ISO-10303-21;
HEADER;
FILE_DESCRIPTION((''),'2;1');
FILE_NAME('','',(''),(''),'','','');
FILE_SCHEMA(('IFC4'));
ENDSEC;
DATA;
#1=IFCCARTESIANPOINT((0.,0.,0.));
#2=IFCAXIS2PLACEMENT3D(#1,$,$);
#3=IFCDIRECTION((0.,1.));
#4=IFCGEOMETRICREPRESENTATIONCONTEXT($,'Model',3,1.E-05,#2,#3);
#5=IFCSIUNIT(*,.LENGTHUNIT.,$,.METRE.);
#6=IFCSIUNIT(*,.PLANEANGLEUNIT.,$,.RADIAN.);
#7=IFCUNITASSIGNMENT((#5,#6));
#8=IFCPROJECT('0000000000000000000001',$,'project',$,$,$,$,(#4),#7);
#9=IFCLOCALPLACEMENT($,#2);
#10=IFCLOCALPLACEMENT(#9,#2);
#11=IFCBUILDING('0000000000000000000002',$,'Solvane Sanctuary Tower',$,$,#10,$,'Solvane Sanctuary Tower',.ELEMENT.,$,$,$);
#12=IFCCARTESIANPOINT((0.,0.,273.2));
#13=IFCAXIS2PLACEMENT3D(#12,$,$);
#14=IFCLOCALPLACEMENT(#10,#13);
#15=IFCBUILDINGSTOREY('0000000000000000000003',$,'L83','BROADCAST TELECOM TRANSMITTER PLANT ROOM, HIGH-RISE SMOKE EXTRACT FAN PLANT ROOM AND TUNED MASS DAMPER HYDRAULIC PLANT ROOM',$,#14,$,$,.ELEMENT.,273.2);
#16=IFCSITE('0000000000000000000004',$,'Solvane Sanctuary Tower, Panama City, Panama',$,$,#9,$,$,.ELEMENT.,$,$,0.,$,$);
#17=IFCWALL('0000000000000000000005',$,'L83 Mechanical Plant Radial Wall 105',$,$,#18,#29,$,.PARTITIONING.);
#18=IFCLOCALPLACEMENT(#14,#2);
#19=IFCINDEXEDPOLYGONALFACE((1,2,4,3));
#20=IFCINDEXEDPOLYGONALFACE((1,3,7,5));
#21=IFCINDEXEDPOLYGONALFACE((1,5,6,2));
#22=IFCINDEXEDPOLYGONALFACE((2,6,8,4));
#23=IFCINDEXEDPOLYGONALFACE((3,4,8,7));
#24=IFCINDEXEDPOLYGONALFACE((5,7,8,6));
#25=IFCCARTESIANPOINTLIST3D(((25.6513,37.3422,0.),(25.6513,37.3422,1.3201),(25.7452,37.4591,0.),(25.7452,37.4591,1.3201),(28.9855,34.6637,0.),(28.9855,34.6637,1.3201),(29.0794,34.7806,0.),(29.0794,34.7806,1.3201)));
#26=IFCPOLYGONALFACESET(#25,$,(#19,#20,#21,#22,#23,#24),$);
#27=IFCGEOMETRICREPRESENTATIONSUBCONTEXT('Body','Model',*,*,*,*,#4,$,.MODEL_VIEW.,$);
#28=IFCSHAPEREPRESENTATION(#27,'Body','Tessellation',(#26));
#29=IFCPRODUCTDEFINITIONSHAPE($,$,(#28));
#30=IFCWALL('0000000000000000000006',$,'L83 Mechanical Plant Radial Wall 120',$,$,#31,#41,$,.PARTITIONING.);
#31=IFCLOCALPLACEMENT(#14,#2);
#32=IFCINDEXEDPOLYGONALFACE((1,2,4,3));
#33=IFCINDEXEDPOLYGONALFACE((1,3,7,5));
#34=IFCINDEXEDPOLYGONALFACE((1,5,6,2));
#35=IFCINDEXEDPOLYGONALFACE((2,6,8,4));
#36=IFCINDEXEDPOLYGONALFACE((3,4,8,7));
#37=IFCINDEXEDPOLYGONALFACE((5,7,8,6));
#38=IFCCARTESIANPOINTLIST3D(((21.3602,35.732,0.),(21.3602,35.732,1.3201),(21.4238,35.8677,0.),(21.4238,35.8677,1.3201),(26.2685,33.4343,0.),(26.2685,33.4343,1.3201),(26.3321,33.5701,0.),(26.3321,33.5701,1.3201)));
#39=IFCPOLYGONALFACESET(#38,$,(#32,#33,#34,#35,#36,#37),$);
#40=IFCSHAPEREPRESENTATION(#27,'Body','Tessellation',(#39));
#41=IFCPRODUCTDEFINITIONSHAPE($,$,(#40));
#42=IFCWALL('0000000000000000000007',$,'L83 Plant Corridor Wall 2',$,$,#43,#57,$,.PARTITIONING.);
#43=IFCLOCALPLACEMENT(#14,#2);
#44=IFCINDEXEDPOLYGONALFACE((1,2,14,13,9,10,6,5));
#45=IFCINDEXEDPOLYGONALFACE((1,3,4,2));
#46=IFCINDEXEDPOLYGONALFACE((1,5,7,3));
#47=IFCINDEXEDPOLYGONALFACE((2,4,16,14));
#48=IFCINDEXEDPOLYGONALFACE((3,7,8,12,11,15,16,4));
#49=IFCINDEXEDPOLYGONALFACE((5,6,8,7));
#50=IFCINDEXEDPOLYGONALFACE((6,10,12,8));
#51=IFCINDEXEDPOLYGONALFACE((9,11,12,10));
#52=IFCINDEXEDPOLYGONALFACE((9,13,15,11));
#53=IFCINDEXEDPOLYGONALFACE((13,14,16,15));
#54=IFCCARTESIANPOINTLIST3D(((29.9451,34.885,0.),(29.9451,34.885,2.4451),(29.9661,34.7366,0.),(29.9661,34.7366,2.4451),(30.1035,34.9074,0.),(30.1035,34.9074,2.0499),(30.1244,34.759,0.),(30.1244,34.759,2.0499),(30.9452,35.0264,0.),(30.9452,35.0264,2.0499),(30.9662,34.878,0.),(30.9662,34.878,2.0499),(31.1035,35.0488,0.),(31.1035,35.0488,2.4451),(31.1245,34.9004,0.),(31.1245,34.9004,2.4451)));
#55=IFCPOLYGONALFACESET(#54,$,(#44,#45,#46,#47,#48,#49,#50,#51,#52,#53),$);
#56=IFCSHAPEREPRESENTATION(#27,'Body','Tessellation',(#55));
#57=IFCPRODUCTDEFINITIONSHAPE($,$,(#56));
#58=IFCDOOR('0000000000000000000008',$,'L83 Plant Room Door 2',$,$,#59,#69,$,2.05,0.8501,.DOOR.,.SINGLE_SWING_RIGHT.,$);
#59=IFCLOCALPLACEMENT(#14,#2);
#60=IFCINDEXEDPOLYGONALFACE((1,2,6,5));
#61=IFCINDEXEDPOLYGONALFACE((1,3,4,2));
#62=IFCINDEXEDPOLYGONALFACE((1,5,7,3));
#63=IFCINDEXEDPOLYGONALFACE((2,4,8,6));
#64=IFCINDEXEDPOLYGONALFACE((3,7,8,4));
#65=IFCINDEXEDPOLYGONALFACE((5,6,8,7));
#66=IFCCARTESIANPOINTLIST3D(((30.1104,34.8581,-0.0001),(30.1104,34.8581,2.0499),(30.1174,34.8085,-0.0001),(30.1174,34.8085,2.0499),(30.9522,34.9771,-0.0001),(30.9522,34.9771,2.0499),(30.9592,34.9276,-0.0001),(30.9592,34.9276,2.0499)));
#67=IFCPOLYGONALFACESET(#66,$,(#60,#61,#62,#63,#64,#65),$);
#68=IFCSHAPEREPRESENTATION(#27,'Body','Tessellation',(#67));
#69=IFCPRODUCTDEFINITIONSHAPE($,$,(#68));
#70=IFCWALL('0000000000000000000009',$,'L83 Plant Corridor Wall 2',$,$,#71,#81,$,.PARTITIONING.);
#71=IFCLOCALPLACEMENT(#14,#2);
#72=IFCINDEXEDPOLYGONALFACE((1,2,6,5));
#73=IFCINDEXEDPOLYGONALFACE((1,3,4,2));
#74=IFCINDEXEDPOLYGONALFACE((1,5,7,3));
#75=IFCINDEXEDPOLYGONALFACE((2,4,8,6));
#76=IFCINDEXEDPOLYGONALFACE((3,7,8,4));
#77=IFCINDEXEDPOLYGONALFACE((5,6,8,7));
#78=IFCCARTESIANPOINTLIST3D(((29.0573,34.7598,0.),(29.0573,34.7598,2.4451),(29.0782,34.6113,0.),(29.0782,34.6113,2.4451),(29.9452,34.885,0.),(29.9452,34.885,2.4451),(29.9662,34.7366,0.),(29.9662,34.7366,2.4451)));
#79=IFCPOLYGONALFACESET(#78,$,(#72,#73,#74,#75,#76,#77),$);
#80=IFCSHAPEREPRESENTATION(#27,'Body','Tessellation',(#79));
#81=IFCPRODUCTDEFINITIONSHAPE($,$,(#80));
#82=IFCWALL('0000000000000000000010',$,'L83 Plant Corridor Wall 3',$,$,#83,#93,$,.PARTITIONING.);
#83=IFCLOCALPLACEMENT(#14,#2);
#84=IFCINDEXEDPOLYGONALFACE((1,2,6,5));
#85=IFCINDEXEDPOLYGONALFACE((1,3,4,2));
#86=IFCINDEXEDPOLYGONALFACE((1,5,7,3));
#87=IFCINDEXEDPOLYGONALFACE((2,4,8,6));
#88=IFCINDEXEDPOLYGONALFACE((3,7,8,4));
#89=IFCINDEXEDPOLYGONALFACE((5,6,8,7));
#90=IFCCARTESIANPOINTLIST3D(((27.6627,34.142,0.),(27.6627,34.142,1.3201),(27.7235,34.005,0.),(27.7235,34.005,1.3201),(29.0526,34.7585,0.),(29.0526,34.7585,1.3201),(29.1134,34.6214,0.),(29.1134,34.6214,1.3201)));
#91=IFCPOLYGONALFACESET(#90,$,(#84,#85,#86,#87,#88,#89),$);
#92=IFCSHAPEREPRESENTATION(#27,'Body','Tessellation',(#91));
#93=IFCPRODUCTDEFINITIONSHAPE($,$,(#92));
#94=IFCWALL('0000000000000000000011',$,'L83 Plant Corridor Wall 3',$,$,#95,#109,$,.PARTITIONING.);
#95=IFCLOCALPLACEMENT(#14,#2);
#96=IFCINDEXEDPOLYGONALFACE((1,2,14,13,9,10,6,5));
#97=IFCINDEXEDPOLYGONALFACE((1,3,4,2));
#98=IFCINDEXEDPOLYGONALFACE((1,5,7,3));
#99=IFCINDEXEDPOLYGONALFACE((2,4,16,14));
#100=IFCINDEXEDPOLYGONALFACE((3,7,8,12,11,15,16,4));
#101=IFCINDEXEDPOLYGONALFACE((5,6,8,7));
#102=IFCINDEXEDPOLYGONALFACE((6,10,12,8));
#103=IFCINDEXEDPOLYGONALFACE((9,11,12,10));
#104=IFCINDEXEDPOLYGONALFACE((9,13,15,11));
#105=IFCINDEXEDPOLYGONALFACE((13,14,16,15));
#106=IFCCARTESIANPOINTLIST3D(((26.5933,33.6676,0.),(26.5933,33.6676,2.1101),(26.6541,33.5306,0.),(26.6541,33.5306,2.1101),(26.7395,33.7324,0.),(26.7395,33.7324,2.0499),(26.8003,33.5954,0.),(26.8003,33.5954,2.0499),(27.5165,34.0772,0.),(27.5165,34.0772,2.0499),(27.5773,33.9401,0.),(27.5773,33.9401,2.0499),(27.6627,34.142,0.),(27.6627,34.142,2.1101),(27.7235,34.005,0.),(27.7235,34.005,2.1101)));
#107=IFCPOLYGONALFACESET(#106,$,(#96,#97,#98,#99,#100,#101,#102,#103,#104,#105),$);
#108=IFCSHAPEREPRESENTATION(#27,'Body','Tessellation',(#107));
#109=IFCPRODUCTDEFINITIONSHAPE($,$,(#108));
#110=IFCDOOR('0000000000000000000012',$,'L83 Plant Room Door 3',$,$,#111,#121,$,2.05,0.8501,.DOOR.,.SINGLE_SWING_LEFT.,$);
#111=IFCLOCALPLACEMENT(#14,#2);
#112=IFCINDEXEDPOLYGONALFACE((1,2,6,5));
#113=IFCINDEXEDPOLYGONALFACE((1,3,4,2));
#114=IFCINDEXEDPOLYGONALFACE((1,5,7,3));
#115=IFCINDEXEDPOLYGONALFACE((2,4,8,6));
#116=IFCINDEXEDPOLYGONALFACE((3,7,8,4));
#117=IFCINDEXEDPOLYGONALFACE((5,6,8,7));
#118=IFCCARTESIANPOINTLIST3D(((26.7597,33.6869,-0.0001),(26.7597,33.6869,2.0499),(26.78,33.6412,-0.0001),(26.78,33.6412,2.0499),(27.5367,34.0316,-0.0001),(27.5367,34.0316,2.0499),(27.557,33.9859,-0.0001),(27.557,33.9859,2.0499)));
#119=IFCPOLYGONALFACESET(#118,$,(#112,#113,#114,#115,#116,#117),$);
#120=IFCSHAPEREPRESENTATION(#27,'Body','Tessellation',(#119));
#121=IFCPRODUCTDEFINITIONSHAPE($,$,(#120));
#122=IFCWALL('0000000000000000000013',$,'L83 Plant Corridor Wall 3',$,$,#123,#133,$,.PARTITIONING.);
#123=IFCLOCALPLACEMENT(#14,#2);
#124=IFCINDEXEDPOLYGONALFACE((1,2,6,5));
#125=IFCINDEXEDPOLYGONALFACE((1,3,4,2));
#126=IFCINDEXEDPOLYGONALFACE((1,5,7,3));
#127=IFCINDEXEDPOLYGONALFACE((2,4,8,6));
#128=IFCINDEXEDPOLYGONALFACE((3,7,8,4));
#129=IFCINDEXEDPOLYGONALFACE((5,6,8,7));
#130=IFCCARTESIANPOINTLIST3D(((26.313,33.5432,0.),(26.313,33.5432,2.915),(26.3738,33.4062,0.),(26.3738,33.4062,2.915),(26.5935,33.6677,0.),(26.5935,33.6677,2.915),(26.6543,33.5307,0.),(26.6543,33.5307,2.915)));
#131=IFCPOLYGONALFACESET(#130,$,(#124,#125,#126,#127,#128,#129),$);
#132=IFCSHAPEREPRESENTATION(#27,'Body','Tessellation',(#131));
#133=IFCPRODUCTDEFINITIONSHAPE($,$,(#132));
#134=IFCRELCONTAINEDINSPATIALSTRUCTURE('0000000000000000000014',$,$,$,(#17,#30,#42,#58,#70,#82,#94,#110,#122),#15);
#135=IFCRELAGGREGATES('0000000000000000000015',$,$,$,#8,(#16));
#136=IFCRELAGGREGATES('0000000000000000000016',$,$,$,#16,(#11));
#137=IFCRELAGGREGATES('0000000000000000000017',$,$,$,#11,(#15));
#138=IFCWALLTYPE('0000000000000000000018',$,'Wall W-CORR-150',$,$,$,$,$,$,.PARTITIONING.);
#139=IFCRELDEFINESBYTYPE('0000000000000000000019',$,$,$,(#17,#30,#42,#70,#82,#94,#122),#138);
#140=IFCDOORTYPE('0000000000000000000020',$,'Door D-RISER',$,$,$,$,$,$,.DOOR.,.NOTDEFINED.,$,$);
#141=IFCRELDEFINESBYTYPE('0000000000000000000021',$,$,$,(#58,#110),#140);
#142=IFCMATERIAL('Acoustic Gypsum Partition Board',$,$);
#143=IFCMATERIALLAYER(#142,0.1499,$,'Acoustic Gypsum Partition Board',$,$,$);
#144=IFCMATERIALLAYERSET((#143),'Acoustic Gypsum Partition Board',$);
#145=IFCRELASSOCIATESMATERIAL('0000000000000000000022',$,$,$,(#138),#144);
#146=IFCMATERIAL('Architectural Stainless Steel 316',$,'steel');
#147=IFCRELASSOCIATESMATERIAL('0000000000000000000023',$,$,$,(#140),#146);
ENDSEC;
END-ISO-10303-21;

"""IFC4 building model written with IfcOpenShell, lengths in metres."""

from ifc_helpers import new_model, si_unit, direction, frame, frame_2d, origin, place, context, subcontext, project, spatial, rectangle, extrude, material, layer, layer_set, type_object, element, fill, save


model = new_model("IFC4")

# Units and contexts
model_context = context("Model", 3, precision=1e-05, world=origin(), true_north=direction((0.0, 1.0)))
body_context = subcontext(model_context, "Body", "Model", "MODEL_VIEW")
ifc_project = project(units=[si_unit("LENGTHUNIT", "METRE"), si_unit("PLANEANGLEUNIT", "RADIAN")], contexts=[model_context])

# Site, building, storey
site_placement = place(None, origin())
site = spatial("IfcSite", under=ifc_project, at=site_placement, Name="Solvane Sanctuary Tower, Panama City, Panama", CompositionType="ELEMENT", RefElevation=0.0)
building_placement = place(site_placement, origin())
building = spatial("IfcBuilding", under=site, at=building_placement, Name="Solvane Sanctuary Tower", LongName="Solvane Sanctuary Tower", CompositionType="ELEMENT")
storey_placement = place(building_placement, frame((0.0, 0.0, 273.2)))
storey = spatial("IfcBuildingStorey", under=building, at=storey_placement, Name="L83", Description="BROADCAST TELECOM TRANSMITTER PLANT ROOM, HIGH-RISE SMOKE EXTRACT FAN PLANT ROOM AND TUNED MASS DAMPER HYDRAULIC PLANT ROOM", CompositionType="ELEMENT", Elevation=273.2)

# Walls
ifc_material_1 = material(Name="Acoustic Gypsum Partition Board")
ifc_layer_1 = layer(ifc_material_1, 0.1499, Name="Acoustic Gypsum Partition Board")
ifc_layer_set_1 = layer_set([ifc_layer_1], Name="Acoustic Gypsum Partition Board")
wall_type = type_object("IfcWallType", Name="Wall W-CORR-150", PredefinedType="PARTITIONING", material=ifc_layer_set_1)
wall_1_placement = place(storey_placement, frame((29.0325, 34.7222, 0.0), z_axis=(0.0, 0.0, 1.0), x_axis=(-0.779603, 0.626274, 0.0)))
element("IfcWall", 1, at=wall_1_placement, inside=storey, type_object=wall_type, Name="L83 Mechanical Plant Radial Wall 105", PredefinedType="PARTITIONING", context=body_context, shape_type="SweptSolid", body=[
    extrude(rectangle(XDim=4.2769, YDim=0.1499, at=frame_2d((2.1384, 0.0))), origin(), (0.0, 0.0, 1.0), 1.3201),
])
wall_2_placement = place(storey_placement, frame((26.3003, 33.5022, 0.0), z_axis=(0.0, 0.0, 1.0), x_axis=(-0.90568, 0.423963, 0.0)))
element("IfcWall", 2, at=wall_2_placement, inside=storey, type_object=wall_type, Name="L83 Mechanical Plant Radial Wall 120", PredefinedType="PARTITIONING", context=body_context, shape_type="SweptSolid", body=[
    extrude(rectangle(XDim=5.4194, YDim=0.1499, at=frame_2d((2.7097, 0.0))), origin(), (0.0, 0.0, 1.0), 1.3201),
])

# Wall, opening, door
wall_3_placement = place(storey_placement, frame((31.114, 34.9746, 0.0), z_axis=(0.0, 0.0, 1.0), x_axis=(-0.990149, -0.140019, 0.0)))
wall_3 = element("IfcWall", 3, at=wall_3_placement, inside=storey, type_object=wall_type, Name="L83 Plant Corridor Wall 2", PredefinedType="PARTITIONING", context=body_context, shape_type="SweptSolid", body=[
    extrude(rectangle(XDim=1.1699, YDim=0.1499, at=frame_2d((0.585, 0.0))), origin(), (0.0, 0.0, 1.0), 2.4451),
])
opening_1_placement = place(wall_3_placement, frame((0.1599, 0.0, 0.0)))
opening_1 = element("IfcOpeningElement", 4, at=opening_1_placement, cuts=wall_3, PredefinedType="OPENING", context=body_context, shape_type="SweptSolid", body=[
    extrude(rectangle(XDim=0.8501, YDim=2.05, at=frame_2d((0.425, 1.0249))), frame((0.0, 0.085, 0.0), z_axis=(0.0, -1.0, 0.0), x_axis=(1.0, 0.0, 0.0)), (0.0, 0.0, 1.0), 0.1699),
])
ifc_material_2 = material(Name="Architectural Stainless Steel 316", Category="steel")
door_type = type_object("IfcDoorType", Name="Door D-RISER", OperationType="NOTDEFINED", PredefinedType="DOOR", material=ifc_material_2)
door_1_placement = place(opening_1_placement, origin())
door_1 = element("IfcDoor", 5, at=door_1_placement, inside=storey, type_object=door_type, Name="L83 Plant Room Door 2", OperationType="SINGLE_SWING_RIGHT", OverallHeight=2.05, OverallWidth=0.8501, PredefinedType="DOOR", context=body_context, shape_type="SweptSolid", body=[
    extrude(rectangle(XDim=0.8501, YDim=2.05, at=frame_2d((0.425, 1.0249))), frame((0.0, 0.0249, 0.0), z_axis=(0.0, -1.0, 0.0), x_axis=(1.0, 0.0, 0.0)), (0.0, 0.0, 1.0), 0.05),
])
fill(opening_1, door_1)

# Walls
wall_4_placement = place(storey_placement, frame((29.9556, 34.8108, 0.0), z_axis=(0.0, 0.0, 1.0), x_axis=(-0.990198, -0.139668, 0.0)))
element("IfcWall", 6, at=wall_4_placement, inside=storey, type_object=wall_type, Name="L83 Plant Corridor Wall 2", PredefinedType="PARTITIONING", context=body_context, shape_type="SweptSolid", body=[
    extrude(rectangle(XDim=0.8967, YDim=0.1499, at=frame_2d((0.4482, 0.0))), origin(), (0.0, 0.0, 1.0), 2.4451),
])
wall_5_placement = place(storey_placement, frame((29.083, 34.6899, 0.0), z_axis=(0.0, 0.0, 1.0), x_axis=(-0.914122, -0.405438, 0.0)))
element("IfcWall", 7, at=wall_5_placement, inside=storey, type_object=wall_type, Name="L83 Plant Corridor Wall 3", PredefinedType="PARTITIONING", context=body_context, shape_type="SweptSolid", body=[
    extrude(rectangle(XDim=1.5205, YDim=0.1499, at=frame_2d((0.7603, 0.0))), origin(), (0.0, 0.0, 1.0), 1.3201),
])

# Wall, opening, door
wall_6_placement = place(storey_placement, frame((27.6931, 34.0735, 0.0), z_axis=(0.0, 0.0, 1.0), x_axis=(-0.914095, -0.405499, 0.0)))
wall_6 = element("IfcWall", 8, at=wall_6_placement, inside=storey, type_object=wall_type, Name="L83 Plant Corridor Wall 3", PredefinedType="PARTITIONING", context=body_context, shape_type="SweptSolid", body=[
    extrude(rectangle(XDim=1.1699, YDim=0.1499, at=frame_2d((0.585, 0.0))), origin(), (0.0, 0.0, 1.0), 2.1101),
])
opening_2_placement = place(wall_6_placement, frame((0.1599, 0.0, 0.0)))
opening_2 = element("IfcOpeningElement", 9, at=opening_2_placement, cuts=wall_6, PredefinedType="OPENING", context=body_context, shape_type="SweptSolid", body=[
    extrude(rectangle(XDim=0.8501, YDim=2.05, at=frame_2d((0.425, 1.0249))), frame((0.0, 0.085, 0.0), z_axis=(0.0, -1.0, 0.0), x_axis=(1.0, 0.0, 0.0)), (0.0, 0.0, 1.0), 0.1699),
])
door_2_placement = place(opening_2_placement, origin())
door_2 = element("IfcDoor", 10, at=door_2_placement, inside=storey, type_object=door_type, Name="L83 Plant Room Door 3", OperationType="SINGLE_SWING_LEFT", OverallHeight=2.05, OverallWidth=0.8501, PredefinedType="DOOR", context=body_context, shape_type="SweptSolid", body=[
    extrude(rectangle(XDim=0.8501, YDim=2.05, at=frame_2d((0.425, 1.0249))), frame((0.0, 0.0249, 0.0), z_axis=(0.0, -1.0, 0.0), x_axis=(1.0, 0.0, 0.0)), (0.0, 0.0, 1.0), 0.05),
])
fill(opening_2, door_2)

# Wall
wall_7_placement = place(storey_placement, frame((26.6238, 33.5991, 0.0), z_axis=(0.0, 0.0, 1.0), x_axis=(-0.914008, -0.405696, 0.0)))
element("IfcWall", 11, at=wall_7_placement, inside=storey, type_object=wall_type, Name="L83 Plant Corridor Wall 3", PredefinedType="PARTITIONING", context=body_context, shape_type="SweptSolid", body=[
    extrude(rectangle(XDim=0.3069, YDim=0.1499, at=frame_2d((0.1533, 0.0))), origin(), (0.0, 0.0, 1.0), 2.915),
])

save(model, "model.ifc")
